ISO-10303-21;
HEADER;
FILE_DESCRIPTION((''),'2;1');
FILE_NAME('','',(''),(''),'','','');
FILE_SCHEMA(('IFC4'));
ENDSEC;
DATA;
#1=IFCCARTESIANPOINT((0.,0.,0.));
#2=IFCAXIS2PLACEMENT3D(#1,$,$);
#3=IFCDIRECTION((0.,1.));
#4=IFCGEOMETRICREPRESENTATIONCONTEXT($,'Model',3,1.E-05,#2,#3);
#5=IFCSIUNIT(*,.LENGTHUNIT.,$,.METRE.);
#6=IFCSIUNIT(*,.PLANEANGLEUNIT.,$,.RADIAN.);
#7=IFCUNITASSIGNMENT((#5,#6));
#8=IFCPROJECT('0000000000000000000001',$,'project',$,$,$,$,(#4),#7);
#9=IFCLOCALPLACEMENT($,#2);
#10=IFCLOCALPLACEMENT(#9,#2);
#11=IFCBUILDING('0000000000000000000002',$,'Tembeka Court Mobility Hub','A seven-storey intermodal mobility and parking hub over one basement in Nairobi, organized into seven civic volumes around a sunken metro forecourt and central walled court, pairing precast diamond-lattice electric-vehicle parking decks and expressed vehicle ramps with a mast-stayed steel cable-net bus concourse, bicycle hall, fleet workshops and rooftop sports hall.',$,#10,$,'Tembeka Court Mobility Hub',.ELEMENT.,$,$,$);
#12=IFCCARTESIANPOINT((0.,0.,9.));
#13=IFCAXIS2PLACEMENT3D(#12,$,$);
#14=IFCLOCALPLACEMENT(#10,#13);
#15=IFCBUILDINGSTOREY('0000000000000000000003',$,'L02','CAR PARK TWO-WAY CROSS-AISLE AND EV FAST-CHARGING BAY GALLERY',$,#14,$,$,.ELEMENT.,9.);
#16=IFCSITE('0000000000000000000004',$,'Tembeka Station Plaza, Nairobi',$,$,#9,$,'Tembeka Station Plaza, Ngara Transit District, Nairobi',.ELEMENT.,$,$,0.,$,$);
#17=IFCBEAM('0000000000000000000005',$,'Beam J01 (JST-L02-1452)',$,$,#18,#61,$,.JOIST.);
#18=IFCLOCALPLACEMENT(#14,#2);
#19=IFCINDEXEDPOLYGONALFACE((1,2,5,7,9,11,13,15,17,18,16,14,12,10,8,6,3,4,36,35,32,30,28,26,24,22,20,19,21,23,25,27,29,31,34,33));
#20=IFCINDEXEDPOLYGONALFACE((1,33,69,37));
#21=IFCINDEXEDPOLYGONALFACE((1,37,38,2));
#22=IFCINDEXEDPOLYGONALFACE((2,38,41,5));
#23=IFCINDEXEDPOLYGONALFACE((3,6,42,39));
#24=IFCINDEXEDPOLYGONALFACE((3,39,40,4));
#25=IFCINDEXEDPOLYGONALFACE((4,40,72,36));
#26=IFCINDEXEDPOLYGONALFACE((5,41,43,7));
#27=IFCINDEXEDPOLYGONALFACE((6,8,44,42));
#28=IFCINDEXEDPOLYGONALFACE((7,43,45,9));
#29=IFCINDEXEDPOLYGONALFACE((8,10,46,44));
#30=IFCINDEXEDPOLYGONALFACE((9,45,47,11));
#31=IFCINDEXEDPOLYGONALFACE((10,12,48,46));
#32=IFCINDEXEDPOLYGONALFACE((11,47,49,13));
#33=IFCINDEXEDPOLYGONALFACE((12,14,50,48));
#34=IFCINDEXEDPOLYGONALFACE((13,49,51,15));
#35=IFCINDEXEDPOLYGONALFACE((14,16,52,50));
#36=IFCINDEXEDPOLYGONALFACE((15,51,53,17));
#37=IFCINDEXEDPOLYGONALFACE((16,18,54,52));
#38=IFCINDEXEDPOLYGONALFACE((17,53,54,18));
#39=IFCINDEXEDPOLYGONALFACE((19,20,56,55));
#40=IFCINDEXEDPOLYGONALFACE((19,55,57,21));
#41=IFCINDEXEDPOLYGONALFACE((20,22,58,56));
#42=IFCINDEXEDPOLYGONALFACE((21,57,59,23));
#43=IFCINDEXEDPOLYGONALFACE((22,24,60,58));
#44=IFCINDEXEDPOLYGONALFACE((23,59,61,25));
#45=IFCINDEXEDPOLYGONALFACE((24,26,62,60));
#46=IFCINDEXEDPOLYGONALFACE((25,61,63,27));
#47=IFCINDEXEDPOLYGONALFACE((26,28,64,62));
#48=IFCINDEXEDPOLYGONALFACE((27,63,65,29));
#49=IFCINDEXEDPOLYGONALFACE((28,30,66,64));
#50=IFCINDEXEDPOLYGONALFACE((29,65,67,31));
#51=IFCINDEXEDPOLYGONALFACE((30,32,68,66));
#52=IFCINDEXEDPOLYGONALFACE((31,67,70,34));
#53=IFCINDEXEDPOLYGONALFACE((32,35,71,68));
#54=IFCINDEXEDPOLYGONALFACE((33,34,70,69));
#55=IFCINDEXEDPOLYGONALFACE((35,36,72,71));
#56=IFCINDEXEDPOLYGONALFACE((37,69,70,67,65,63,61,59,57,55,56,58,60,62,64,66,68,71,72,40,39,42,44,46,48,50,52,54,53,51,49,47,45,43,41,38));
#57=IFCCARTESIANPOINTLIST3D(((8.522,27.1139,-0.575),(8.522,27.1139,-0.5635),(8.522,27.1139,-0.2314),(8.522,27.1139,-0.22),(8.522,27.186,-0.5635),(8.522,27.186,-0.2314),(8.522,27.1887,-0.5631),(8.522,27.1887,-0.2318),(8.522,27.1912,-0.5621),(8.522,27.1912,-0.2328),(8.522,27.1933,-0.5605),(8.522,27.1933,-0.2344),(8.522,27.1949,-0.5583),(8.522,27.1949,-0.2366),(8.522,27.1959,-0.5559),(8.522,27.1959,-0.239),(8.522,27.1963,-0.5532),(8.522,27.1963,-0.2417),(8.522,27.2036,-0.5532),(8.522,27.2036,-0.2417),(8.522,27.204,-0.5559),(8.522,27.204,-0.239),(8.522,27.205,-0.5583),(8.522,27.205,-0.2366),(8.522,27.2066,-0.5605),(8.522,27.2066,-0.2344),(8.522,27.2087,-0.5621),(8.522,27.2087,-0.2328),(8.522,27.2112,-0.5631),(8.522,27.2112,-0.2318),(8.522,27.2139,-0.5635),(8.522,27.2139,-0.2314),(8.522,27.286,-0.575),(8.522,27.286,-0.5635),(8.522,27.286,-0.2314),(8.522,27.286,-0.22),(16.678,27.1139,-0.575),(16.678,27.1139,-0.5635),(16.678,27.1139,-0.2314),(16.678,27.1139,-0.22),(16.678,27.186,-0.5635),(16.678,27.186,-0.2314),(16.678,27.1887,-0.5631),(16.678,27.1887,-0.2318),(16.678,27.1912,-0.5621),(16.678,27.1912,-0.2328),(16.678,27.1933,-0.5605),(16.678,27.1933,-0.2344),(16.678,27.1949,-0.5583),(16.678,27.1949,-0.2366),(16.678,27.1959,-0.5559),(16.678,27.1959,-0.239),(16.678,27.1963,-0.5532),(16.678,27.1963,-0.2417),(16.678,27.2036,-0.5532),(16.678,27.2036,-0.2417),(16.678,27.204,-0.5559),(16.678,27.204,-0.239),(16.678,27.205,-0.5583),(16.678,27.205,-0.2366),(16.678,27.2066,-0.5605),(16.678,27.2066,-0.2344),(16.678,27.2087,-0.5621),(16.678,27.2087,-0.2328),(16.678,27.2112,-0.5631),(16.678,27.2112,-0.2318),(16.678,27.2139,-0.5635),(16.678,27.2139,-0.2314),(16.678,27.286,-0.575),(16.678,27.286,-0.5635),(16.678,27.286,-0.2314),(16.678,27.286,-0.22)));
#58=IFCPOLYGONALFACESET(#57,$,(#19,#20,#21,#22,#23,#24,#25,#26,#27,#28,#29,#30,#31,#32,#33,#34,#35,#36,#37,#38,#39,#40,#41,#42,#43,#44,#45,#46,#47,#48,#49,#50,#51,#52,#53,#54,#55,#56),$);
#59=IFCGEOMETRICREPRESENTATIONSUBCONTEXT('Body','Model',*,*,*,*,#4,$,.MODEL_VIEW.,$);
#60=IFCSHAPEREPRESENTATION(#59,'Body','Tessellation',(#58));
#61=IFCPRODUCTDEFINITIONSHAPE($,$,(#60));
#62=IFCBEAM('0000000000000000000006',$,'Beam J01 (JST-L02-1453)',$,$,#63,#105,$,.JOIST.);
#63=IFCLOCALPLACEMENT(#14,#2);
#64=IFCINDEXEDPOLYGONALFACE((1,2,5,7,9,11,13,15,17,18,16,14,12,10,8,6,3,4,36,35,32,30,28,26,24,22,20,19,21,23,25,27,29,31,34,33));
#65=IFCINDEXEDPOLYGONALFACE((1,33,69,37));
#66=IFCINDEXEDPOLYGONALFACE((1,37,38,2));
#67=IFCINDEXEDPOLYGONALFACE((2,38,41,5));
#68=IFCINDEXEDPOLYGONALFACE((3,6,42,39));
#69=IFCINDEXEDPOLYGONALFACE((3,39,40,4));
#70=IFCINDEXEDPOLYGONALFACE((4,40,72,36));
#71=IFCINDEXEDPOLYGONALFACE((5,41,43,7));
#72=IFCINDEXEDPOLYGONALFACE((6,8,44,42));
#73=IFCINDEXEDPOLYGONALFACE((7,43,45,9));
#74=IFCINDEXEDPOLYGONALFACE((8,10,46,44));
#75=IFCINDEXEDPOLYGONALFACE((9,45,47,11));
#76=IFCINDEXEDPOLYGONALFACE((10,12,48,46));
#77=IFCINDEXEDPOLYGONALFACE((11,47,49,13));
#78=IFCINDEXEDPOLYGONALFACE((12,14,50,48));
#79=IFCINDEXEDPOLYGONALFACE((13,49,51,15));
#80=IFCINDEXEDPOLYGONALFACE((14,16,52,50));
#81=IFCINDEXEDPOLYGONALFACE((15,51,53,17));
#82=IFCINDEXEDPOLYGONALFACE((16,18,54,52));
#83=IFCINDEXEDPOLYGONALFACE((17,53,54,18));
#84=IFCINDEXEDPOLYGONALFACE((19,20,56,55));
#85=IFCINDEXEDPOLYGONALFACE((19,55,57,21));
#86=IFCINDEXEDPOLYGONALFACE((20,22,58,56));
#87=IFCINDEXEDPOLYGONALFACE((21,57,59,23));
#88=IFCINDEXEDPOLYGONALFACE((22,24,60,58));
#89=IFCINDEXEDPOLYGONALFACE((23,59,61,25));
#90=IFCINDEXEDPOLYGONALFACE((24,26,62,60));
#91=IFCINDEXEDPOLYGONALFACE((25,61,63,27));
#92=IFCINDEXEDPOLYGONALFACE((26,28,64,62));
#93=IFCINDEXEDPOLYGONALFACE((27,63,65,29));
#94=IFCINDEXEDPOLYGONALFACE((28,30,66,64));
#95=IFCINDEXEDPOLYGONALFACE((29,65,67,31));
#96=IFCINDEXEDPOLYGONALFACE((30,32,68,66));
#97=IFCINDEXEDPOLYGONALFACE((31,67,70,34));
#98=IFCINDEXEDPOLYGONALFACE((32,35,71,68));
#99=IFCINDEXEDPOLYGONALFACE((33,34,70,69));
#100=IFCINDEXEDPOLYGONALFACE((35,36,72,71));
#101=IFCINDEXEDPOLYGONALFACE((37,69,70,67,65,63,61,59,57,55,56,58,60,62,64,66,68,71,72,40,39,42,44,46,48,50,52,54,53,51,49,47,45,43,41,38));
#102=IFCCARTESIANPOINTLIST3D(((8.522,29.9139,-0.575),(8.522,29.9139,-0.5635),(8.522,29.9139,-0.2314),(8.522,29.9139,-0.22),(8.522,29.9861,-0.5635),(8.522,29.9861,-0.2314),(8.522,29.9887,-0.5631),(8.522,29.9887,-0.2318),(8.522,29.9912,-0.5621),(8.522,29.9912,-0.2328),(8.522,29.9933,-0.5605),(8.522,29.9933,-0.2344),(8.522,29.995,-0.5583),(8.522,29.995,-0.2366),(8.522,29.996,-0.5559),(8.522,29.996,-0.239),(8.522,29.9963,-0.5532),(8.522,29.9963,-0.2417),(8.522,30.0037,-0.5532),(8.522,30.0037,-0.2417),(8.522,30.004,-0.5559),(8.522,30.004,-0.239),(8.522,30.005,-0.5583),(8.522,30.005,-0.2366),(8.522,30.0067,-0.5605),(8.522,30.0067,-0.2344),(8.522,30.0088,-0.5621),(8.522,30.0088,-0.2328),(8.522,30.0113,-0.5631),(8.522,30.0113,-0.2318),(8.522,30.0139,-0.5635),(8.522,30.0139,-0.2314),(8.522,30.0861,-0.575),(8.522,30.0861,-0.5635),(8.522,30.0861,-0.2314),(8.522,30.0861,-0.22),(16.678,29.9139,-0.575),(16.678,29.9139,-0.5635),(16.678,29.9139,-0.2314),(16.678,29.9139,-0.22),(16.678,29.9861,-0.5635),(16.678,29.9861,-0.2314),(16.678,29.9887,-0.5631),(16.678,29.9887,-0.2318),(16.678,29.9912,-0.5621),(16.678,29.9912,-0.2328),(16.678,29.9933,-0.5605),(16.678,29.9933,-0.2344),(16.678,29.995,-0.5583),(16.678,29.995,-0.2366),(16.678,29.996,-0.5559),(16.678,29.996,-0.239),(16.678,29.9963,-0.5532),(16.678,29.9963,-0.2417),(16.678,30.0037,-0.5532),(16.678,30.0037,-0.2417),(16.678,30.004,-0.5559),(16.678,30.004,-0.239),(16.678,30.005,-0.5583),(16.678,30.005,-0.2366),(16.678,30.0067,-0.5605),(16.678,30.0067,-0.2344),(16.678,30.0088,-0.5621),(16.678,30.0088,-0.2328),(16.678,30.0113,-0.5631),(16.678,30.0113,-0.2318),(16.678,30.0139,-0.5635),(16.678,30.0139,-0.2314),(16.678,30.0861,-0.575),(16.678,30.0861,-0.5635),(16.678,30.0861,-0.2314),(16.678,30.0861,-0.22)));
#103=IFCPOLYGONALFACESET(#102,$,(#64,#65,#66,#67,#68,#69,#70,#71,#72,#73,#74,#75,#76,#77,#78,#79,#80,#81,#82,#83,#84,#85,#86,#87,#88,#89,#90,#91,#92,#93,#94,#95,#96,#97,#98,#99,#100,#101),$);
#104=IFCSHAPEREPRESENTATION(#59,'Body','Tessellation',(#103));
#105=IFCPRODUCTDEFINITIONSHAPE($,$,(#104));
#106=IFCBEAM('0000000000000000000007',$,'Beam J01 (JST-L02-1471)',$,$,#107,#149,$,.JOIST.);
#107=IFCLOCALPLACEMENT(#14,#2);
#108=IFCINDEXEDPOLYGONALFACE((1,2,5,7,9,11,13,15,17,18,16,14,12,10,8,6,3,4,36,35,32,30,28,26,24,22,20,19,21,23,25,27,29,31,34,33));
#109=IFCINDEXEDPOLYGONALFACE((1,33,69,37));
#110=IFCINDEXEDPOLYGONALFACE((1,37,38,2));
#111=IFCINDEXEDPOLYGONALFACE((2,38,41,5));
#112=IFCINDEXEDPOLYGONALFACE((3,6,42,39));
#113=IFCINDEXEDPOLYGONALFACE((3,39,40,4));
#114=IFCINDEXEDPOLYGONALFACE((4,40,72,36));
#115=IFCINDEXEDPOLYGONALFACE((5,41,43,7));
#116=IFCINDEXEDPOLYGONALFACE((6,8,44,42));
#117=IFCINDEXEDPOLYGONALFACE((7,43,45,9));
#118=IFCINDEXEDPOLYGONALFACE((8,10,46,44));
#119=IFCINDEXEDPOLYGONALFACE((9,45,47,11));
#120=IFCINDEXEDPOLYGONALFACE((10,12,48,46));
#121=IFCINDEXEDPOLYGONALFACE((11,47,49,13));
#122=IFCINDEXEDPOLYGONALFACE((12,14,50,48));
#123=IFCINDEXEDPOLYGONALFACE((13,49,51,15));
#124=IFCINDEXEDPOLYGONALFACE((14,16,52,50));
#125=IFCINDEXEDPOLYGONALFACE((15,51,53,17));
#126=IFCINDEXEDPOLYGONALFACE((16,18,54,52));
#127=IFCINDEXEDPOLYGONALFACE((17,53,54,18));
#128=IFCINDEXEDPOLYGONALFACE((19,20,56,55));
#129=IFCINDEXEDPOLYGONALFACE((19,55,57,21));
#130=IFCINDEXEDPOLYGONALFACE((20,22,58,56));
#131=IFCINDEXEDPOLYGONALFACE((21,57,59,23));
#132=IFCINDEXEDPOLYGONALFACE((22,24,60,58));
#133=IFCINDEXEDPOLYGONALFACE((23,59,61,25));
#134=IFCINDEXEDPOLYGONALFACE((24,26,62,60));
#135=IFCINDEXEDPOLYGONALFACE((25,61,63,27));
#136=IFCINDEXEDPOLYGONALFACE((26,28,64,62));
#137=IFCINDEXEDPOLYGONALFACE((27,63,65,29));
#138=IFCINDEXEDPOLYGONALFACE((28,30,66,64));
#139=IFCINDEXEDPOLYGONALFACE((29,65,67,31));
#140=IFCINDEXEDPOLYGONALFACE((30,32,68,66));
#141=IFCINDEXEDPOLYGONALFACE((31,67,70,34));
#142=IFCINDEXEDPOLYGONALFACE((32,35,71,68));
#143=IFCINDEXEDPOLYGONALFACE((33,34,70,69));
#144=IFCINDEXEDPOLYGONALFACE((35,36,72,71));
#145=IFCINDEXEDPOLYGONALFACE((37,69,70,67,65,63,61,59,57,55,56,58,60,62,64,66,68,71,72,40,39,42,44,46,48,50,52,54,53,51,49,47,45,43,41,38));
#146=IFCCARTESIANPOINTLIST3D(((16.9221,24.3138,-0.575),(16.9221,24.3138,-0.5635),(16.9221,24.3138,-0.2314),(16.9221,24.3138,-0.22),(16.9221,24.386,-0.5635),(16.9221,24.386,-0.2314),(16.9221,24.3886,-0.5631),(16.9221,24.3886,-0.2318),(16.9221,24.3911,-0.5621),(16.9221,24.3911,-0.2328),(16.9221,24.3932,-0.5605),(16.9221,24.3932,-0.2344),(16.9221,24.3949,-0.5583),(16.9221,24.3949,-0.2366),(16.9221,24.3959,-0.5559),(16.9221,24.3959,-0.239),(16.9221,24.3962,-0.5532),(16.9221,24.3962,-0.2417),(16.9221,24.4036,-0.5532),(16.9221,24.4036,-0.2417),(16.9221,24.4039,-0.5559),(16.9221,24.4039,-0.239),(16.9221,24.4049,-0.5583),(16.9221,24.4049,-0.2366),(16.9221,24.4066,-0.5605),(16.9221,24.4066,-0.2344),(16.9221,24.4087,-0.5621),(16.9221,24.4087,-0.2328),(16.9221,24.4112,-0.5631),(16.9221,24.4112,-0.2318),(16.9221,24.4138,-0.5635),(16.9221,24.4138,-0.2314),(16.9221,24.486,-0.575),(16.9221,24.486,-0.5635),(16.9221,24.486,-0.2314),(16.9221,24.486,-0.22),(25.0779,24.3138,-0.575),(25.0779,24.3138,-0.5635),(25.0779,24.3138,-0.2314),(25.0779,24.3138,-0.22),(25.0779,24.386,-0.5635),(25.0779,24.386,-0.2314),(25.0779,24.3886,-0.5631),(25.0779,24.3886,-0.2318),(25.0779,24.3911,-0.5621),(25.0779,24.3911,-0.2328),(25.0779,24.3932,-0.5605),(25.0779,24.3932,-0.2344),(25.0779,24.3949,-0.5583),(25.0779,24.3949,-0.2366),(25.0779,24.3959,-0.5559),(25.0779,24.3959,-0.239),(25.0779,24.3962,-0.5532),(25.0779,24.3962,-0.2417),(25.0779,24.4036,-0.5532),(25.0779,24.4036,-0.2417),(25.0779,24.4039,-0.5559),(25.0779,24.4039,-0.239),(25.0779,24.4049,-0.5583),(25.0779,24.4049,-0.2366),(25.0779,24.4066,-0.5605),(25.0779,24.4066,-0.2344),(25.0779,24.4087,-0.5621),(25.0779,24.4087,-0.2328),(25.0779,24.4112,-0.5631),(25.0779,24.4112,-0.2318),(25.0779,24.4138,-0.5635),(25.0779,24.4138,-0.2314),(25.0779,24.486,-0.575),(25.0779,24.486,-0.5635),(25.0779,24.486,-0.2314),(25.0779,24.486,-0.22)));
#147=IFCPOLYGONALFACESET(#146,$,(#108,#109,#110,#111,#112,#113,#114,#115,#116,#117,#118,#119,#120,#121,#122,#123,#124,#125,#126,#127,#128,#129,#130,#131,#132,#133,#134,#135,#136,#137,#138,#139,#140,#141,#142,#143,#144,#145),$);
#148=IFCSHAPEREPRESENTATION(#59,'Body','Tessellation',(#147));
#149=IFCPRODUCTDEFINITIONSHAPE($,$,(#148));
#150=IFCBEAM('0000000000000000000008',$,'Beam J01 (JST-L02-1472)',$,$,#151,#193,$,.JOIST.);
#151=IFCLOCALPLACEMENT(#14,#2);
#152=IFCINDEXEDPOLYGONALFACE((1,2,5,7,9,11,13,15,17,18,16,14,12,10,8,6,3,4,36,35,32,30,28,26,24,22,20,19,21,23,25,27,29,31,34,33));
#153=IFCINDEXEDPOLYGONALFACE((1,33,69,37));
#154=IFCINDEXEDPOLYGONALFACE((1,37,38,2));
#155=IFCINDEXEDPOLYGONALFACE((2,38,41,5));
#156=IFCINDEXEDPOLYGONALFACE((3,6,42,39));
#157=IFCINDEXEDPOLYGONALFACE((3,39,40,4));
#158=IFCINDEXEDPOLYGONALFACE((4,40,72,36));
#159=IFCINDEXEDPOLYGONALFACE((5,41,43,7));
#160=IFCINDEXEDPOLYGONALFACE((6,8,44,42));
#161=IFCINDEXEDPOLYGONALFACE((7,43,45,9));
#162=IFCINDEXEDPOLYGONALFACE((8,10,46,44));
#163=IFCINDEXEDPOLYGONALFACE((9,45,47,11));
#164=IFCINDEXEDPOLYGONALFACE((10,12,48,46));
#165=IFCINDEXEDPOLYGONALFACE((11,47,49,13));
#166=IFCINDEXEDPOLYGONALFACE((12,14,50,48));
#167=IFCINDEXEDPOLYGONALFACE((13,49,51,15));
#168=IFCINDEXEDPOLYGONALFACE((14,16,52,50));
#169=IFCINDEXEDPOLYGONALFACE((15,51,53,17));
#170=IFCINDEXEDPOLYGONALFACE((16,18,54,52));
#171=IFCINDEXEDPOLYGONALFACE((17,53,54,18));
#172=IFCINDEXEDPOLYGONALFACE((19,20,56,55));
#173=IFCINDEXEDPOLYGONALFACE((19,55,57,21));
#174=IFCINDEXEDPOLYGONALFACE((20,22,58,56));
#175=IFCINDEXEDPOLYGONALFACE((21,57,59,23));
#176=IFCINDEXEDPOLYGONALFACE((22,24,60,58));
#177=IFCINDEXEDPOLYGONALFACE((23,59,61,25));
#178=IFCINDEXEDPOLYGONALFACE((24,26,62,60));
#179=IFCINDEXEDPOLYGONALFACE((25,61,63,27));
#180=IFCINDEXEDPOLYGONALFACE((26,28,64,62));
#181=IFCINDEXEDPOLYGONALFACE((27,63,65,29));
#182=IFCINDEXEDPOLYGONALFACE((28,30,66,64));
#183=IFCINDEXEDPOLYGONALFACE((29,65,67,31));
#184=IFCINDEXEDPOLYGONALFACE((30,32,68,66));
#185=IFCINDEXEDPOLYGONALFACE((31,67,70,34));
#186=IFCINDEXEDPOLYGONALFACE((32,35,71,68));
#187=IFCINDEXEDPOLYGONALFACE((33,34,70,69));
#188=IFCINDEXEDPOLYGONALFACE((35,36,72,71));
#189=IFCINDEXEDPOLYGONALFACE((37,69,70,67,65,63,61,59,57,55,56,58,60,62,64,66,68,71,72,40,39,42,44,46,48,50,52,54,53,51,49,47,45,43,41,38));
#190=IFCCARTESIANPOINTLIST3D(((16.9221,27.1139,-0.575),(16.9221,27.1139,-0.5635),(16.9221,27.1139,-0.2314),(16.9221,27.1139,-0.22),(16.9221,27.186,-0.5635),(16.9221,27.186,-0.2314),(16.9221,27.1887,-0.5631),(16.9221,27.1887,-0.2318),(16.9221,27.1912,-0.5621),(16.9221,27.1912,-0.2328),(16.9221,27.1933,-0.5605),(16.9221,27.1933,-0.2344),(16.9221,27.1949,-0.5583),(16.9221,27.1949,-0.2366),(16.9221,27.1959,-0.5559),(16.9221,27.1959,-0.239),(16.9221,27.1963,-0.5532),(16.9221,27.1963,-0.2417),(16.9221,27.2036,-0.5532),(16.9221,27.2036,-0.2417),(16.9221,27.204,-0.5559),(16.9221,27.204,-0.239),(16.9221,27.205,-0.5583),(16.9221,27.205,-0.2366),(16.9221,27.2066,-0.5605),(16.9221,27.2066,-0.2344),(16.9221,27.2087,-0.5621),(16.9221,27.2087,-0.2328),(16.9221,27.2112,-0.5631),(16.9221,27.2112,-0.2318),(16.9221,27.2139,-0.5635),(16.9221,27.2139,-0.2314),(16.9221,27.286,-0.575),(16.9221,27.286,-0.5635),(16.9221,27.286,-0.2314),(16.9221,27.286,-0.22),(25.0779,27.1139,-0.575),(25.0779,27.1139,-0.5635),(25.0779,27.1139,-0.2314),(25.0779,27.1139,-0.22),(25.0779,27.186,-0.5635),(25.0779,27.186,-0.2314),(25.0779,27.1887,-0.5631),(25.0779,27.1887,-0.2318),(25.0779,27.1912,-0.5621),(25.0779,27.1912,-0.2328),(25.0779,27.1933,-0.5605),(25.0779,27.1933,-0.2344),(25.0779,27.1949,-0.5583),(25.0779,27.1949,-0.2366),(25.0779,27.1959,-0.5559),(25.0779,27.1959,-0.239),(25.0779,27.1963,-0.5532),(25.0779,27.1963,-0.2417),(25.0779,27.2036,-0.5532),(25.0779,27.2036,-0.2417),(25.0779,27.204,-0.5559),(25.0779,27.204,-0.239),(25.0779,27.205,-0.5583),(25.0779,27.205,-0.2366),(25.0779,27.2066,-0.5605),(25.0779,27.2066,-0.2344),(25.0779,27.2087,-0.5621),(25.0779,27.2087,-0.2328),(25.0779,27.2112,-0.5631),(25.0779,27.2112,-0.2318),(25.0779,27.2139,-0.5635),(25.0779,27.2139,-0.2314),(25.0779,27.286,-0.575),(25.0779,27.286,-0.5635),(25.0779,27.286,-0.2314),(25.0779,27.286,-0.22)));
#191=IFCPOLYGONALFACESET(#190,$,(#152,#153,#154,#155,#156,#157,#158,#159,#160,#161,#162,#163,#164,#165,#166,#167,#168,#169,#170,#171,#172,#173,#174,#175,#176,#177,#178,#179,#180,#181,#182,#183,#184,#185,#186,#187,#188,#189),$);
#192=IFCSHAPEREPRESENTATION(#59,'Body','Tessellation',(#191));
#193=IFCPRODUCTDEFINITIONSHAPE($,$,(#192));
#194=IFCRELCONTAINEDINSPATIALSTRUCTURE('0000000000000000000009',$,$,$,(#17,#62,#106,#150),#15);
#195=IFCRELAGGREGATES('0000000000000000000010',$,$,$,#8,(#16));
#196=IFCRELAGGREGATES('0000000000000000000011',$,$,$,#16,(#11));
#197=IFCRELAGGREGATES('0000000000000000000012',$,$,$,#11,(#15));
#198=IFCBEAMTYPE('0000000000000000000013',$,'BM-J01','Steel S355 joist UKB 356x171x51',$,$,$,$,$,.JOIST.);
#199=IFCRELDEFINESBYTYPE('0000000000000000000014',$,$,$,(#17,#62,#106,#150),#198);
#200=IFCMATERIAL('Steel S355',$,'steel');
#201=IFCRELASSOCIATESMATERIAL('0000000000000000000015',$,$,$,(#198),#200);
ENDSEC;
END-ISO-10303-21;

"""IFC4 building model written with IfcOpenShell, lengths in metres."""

from ifc_helpers import new_model, si_unit, direction, frame, origin, origin_2d, place, context, subcontext, project, spatial, i_section, extrude, material, material_profile, profile_set, type_object, element, save


model = new_model("IFC4")

# Units and contexts
model_context = context("Model", 3, precision=1e-05, world=origin(), true_north=direction((0.0, 1.0)))
body_context = subcontext(model_context, "Body", "Model", "MODEL_VIEW")
ifc_project = project(units=[si_unit("LENGTHUNIT", "METRE"), si_unit("PLANEANGLEUNIT", "RADIAN")], contexts=[model_context])

# Site, building, storey
site_placement = place(None, origin())
site = spatial("IfcSite", under=ifc_project, at=site_placement, Name="Tembeka Station Plaza, Nairobi", LongName="Tembeka Station Plaza, Ngara Transit District, Nairobi", CompositionType="ELEMENT", RefElevation=0.0)
building_placement = place(site_placement, origin())
building = spatial("IfcBuilding", under=site, at=building_placement, Name="Tembeka Court Mobility Hub", Description="A seven-storey intermodal mobility and parking hub over one basement in Nairobi, organized into seven civic volumes around a sunken metro forecourt and central walled court, pairing precast diamond-lattice electric-vehicle parking decks and expressed vehicle ramps with a mast-stayed steel cable-net bus concourse, bicycle hall, fleet workshops and rooftop sports hall.", LongName="Tembeka Court Mobility Hub", CompositionType="ELEMENT")
storey_placement = place(building_placement, frame((0.0, 0.0, 9.0)))
storey = spatial("IfcBuildingStorey", under=building, at=storey_placement, Name="L02", Description="CAR PARK TWO-WAY CROSS-AISLE AND EV FAST-CHARGING BAY GALLERY", CompositionType="ELEMENT", Elevation=9.0)

# Shared definitions
ifc_material_1 = material(Name="Steel S355", Category="steel")

# Beams
ifc_material_profile_1 = material_profile(ifc_material_1, i_section(OverallWidth=0.1721, OverallDepth=0.355, WebThickness=0.0073, FlangeThickness=0.0115, FilletRadius=0.0103, at=origin_2d()), Name="UKB 356x171x51")
ifc_profile_set_1 = profile_set([ifc_material_profile_1], Name="Steel S355")
beam_type_1 = type_object("IfcBeamType", Name="BM-J01", Description="Steel S355 joist UKB 356x171x51", PredefinedType="JOIST", material=ifc_profile_set_1)
for number, where, z_axis, x_axis, name in (
    (1, (8.522, 27.2, -0.3975), (1.0, 0.0, 0.0), (0.0, 1.0, 0.0), "Beam J01 (JST-L02-1452)"),
    (2, (8.522, 30.0, -0.3975), (1.0, 0.0, 0.0), (0.0, 1.0, 0.0), "Beam J01 (JST-L02-1453)"),
):
    element("IfcBeam", number, at=place(storey_placement, frame(where, z_axis=z_axis, x_axis=x_axis)), inside=storey, type_object=beam_type_1, Name=name, PredefinedType="JOIST", context=body_context, shape_type="SweptSolid", body=[
        extrude(i_section(OverallWidth=0.1721, OverallDepth=0.355, WebThickness=0.0073, FlangeThickness=0.0115, FilletRadius=0.0103, at=origin_2d()), origin(), (0.0, 0.0, 1.0), 8.156),
    ])
for number, where, z_axis, x_axis, name in (
    (3, (16.9221, 24.3999, -0.3975), (1.0, 0.0, 0.0), (0.0, 1.0, 0.0), "Beam J01 (JST-L02-1471)"),
    (4, (16.9221, 27.2, -0.3975), (1.0, 0.0, 0.0), (0.0, 1.0, 0.0), "Beam J01 (JST-L02-1472)"),
):
    element("IfcBeam", number, at=place(storey_placement, frame(where, z_axis=z_axis, x_axis=x_axis)), inside=storey, type_object=beam_type_1, Name=name, PredefinedType="JOIST", context=body_context, shape_type="SweptSolid", body=[
        extrude(i_section(OverallWidth=0.1721, OverallDepth=0.355, WebThickness=0.0073, FlangeThickness=0.0115, FilletRadius=0.0103, at=origin_2d()), origin(), (0.0, 0.0, 1.0), 8.1558),
    ])

save(model, "model.ifc")
